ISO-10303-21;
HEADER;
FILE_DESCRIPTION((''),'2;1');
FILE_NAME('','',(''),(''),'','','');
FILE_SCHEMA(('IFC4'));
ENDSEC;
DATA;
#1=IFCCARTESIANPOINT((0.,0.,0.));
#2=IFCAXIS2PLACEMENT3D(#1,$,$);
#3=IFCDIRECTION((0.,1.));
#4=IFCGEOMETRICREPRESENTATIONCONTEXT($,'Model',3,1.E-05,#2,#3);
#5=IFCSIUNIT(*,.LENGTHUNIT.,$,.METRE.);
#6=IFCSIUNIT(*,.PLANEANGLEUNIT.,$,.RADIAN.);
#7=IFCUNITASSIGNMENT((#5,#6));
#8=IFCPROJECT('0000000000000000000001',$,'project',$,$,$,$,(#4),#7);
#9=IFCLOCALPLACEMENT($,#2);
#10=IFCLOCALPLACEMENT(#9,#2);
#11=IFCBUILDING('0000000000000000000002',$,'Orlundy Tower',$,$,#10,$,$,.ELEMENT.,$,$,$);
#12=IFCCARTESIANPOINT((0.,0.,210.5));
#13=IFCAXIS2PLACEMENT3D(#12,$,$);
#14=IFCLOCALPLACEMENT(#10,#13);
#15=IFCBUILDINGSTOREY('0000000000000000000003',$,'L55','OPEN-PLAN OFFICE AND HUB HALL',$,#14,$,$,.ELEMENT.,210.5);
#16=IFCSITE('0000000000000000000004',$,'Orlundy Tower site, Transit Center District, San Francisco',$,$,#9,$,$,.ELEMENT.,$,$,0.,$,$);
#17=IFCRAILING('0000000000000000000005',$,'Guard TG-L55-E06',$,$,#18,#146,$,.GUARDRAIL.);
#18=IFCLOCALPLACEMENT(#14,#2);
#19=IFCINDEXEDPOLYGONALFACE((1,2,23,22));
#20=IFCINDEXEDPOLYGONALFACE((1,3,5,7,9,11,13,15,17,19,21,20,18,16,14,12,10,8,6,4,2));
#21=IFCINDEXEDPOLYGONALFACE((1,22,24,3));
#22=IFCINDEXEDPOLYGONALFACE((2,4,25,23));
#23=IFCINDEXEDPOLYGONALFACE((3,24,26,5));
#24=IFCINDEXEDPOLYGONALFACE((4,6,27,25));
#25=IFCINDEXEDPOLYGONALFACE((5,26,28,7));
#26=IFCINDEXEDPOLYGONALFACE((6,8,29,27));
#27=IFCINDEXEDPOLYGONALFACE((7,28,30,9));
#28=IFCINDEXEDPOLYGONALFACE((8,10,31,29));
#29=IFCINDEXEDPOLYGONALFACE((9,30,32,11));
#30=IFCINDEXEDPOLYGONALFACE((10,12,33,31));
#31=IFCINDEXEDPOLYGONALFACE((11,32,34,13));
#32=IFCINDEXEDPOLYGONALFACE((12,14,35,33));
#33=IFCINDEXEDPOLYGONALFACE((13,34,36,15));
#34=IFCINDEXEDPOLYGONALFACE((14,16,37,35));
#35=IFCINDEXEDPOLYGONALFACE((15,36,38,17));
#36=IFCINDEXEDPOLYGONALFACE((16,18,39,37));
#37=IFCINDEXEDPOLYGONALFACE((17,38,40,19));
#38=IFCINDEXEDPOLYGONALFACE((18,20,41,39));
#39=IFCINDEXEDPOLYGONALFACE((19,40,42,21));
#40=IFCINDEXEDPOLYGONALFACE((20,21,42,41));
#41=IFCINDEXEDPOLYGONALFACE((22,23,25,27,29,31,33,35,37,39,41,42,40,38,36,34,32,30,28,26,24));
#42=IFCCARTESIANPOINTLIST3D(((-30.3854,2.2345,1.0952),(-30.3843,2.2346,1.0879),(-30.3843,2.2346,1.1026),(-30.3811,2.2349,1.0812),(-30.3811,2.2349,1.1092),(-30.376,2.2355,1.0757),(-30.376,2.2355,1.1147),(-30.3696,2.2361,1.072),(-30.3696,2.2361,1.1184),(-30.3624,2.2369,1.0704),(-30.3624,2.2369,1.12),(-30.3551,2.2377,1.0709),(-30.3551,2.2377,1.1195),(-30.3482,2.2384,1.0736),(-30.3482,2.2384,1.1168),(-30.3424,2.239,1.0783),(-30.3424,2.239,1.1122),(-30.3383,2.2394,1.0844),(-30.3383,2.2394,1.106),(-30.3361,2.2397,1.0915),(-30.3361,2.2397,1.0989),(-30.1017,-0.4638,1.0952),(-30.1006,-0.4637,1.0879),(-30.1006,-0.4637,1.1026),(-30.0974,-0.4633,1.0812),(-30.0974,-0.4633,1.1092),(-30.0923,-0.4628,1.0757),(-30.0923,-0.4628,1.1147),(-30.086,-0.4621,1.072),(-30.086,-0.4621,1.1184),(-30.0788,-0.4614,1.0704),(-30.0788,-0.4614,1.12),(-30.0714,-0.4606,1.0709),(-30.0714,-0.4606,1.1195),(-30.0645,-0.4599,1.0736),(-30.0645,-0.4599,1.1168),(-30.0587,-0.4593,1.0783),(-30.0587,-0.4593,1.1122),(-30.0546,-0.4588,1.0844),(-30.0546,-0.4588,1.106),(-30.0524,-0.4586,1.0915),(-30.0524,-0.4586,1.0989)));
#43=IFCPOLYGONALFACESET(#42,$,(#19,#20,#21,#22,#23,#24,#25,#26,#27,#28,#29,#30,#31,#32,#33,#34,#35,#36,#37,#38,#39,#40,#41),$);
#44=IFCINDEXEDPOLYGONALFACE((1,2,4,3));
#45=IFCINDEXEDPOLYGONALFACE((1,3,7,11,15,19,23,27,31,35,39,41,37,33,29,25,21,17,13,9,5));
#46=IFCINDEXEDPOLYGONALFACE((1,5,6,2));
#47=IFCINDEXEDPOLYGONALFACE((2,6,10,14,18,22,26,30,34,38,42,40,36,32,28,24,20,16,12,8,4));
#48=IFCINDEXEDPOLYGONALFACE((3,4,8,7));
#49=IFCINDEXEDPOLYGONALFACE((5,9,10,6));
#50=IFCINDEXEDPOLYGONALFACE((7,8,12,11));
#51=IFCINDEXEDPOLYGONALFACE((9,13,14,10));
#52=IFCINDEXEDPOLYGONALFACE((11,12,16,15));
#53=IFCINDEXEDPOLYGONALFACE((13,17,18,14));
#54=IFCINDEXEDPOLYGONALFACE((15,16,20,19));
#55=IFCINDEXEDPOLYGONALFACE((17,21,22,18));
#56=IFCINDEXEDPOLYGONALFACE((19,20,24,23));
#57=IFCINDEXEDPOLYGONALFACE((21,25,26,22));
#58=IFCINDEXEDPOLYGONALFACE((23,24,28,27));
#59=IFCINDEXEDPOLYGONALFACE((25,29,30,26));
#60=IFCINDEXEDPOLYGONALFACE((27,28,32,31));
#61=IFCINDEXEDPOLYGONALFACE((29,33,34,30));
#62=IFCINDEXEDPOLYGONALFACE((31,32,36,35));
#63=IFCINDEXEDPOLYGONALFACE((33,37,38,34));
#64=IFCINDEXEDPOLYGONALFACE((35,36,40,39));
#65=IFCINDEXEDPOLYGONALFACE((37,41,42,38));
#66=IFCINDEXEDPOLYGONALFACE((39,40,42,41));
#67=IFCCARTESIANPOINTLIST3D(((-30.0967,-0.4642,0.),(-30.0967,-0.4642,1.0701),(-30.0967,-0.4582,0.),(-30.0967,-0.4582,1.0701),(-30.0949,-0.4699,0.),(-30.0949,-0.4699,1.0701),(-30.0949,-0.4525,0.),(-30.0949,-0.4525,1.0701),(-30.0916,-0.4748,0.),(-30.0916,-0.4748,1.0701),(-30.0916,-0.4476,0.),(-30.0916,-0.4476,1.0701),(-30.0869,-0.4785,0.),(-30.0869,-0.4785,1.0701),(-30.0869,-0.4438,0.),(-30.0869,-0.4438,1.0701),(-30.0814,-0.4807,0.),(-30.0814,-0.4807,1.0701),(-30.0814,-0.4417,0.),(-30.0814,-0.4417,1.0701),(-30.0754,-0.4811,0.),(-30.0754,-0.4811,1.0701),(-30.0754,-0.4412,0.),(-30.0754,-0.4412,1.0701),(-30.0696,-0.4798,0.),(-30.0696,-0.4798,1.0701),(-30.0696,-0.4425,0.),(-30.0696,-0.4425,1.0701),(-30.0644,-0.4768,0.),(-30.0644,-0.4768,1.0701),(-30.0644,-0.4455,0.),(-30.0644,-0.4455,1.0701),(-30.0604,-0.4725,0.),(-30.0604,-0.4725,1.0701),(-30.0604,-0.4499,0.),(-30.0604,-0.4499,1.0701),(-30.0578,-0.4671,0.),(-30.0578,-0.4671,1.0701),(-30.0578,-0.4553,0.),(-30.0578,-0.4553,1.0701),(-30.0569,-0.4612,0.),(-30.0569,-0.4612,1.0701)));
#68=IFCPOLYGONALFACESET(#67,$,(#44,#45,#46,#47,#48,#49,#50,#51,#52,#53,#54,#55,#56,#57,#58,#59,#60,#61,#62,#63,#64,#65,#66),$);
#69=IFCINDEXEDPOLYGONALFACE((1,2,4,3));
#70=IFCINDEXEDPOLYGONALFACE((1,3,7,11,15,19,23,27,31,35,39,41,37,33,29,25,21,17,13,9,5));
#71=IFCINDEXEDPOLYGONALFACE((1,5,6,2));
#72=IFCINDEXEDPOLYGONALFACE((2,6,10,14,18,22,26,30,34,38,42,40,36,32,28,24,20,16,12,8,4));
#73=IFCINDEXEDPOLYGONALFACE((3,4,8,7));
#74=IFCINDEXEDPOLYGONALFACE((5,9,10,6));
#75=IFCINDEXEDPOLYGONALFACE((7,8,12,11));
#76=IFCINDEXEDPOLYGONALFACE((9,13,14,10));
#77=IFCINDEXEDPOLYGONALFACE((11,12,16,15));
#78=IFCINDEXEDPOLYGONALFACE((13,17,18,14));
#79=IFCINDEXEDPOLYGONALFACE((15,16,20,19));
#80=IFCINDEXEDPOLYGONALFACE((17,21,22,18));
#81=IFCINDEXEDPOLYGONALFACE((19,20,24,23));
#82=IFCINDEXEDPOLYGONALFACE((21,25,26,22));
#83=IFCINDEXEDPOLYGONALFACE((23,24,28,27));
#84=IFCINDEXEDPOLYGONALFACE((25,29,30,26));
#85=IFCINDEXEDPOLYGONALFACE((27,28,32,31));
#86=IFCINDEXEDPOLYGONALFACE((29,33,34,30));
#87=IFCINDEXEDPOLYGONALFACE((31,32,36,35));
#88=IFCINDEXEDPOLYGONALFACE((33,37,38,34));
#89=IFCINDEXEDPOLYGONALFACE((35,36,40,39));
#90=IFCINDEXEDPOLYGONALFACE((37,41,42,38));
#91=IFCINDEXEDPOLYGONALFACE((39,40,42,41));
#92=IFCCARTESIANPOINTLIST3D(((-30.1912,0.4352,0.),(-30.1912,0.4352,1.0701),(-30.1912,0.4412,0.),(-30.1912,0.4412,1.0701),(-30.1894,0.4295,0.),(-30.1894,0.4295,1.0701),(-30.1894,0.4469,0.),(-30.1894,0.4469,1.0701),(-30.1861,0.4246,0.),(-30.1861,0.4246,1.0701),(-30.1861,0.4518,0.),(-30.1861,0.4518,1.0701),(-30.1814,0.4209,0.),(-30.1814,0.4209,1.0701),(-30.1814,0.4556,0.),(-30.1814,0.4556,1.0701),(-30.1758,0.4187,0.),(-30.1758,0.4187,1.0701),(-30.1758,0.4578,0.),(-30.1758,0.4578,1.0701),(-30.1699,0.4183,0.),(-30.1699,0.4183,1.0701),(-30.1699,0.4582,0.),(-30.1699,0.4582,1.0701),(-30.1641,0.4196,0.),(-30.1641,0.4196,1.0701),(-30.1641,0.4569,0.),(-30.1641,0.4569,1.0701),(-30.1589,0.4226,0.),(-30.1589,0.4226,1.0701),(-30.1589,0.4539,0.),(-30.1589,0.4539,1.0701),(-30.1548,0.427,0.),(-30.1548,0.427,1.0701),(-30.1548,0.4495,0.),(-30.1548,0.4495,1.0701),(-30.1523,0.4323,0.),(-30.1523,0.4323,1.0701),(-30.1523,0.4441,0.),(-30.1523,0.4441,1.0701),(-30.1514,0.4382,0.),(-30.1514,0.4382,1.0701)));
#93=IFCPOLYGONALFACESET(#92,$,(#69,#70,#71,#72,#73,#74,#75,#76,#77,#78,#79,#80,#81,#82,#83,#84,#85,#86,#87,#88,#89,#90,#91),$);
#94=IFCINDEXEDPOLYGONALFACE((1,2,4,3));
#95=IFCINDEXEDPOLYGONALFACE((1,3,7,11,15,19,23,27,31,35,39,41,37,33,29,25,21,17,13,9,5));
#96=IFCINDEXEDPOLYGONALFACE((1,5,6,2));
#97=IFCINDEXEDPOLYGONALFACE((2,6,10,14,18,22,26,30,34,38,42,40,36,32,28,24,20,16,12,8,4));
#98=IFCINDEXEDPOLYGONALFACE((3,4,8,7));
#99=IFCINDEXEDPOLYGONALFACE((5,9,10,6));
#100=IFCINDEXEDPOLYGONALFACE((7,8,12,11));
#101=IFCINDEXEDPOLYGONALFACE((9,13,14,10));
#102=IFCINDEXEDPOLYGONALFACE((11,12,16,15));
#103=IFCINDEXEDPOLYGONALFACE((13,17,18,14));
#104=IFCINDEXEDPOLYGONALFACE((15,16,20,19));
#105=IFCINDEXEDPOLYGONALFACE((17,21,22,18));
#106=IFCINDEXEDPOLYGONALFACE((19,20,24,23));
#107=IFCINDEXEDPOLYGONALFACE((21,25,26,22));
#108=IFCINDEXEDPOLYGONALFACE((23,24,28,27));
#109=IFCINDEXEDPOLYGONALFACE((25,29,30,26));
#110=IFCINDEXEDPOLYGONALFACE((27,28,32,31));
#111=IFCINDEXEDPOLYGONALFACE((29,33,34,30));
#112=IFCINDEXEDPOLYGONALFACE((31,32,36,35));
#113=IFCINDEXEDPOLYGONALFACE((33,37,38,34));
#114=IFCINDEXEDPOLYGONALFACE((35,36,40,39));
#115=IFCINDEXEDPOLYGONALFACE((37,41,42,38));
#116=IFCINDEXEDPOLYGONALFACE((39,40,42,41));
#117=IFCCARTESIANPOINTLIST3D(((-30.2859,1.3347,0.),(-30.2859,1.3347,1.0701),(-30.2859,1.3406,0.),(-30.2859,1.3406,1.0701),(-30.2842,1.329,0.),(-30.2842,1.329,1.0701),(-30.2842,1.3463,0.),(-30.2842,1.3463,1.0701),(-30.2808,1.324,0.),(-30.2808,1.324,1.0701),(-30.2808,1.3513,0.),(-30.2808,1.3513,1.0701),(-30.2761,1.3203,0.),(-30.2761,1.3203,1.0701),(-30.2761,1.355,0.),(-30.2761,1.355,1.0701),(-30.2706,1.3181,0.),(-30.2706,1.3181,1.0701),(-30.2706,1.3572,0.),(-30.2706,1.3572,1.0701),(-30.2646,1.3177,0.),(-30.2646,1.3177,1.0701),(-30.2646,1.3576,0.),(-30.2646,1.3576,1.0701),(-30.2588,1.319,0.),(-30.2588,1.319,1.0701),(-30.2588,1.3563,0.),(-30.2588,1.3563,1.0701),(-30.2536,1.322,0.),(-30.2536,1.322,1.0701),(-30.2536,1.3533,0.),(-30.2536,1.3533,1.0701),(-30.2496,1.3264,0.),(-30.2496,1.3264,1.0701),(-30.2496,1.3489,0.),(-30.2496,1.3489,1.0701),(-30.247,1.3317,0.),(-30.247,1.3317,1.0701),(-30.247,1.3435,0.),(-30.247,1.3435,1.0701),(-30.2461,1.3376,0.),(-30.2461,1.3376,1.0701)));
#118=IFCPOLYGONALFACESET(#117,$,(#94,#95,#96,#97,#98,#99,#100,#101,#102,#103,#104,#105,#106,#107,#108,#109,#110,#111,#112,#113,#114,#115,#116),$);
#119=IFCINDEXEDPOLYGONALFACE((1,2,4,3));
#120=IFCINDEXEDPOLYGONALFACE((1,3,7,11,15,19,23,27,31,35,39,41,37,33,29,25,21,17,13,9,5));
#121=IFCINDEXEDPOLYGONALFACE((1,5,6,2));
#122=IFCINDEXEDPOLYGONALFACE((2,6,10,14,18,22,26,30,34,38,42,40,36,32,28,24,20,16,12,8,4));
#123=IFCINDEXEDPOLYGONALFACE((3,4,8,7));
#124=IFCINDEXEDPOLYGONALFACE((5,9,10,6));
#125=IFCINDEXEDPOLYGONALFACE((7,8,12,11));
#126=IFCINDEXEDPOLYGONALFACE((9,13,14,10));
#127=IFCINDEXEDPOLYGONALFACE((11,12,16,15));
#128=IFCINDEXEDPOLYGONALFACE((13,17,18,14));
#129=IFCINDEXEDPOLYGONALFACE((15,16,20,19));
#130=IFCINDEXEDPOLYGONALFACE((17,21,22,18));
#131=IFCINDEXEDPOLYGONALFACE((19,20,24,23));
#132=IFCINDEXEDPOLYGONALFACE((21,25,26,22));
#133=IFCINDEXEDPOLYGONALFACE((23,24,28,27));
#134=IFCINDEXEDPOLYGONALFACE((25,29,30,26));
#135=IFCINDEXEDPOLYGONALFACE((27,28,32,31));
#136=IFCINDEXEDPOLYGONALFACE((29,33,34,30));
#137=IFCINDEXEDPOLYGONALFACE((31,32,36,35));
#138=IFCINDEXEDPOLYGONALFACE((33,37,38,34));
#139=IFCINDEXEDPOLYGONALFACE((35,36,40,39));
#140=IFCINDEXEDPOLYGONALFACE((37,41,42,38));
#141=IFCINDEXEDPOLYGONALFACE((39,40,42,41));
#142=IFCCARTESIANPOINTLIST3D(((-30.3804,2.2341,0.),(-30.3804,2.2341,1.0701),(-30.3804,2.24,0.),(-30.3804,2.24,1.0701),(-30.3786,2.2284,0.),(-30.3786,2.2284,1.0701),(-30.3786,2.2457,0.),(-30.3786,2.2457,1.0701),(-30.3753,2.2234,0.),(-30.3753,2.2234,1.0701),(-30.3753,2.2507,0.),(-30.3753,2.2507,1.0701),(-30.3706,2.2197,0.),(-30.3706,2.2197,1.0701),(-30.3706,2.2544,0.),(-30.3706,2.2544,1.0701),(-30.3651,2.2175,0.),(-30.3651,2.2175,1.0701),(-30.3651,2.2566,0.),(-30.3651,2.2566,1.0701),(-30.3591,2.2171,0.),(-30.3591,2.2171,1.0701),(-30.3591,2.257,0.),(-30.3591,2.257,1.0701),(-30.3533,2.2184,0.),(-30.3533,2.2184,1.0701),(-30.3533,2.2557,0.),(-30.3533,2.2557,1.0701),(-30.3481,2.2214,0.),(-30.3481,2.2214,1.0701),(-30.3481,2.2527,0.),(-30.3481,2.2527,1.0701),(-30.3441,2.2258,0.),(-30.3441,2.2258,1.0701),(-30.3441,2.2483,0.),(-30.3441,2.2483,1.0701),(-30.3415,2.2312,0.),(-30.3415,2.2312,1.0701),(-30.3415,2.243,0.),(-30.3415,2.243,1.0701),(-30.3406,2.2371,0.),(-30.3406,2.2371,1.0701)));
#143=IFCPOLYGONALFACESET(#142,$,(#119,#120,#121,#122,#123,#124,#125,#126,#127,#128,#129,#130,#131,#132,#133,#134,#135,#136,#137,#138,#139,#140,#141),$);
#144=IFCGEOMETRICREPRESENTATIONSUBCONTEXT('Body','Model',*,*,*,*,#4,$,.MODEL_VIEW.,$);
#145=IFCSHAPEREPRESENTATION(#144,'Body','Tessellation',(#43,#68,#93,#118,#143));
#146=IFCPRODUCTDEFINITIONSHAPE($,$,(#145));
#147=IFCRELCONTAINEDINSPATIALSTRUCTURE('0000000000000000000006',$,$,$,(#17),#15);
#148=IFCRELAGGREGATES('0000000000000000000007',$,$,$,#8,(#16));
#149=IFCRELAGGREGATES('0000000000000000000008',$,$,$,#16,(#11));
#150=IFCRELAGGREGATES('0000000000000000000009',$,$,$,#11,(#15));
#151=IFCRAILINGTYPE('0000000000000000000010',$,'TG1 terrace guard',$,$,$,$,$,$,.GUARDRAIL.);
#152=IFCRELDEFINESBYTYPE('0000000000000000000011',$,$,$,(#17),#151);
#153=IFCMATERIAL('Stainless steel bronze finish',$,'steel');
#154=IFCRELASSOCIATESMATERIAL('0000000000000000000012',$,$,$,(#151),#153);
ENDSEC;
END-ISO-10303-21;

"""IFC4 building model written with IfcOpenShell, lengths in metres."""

from ifc_helpers import new_model, si_unit, direction, frame, origin, origin_2d, place, context, subcontext, project, spatial, circle, extrude, material, type_object, element, save


model = new_model("IFC4")

# Units and contexts
model_context = context("Model", 3, precision=1e-05, world=origin(), true_north=direction((0.0, 1.0)))
body_context = subcontext(model_context, "Body", "Model", "MODEL_VIEW")
ifc_project = project(units=[si_unit("LENGTHUNIT", "METRE"), si_unit("PLANEANGLEUNIT", "RADIAN")], contexts=[model_context])

# Site, building, storey
site_placement = place(None, origin())
site = spatial("IfcSite", under=ifc_project, at=site_placement, Name="Orlundy Tower site, Transit Center District, San Francisco", CompositionType="ELEMENT", RefElevation=0.0)
building_placement = place(site_placement, origin())
building = spatial("IfcBuilding", under=site, at=building_placement, Name="Orlundy Tower", CompositionType="ELEMENT")
storey_placement = place(building_placement, frame((0.0, 0.0, 210.5)))
storey = spatial("IfcBuildingStorey", under=building, at=storey_placement, Name="L55", Description="OPEN-PLAN OFFICE AND HUB HALL", CompositionType="ELEMENT", Elevation=210.5)

# Railing
ifc_material_1 = material(Name="Stainless steel bronze finish", Category="steel")
railing_type_1 = type_object("IfcRailingType", Name="TG1 terrace guard", PredefinedType="GUARDRAIL", material=ifc_material_1)
railing_1_placement = place(storey_placement, frame((-30.0769, -0.4612, 0.0)))
element("IfcRailing", 1, at=railing_1_placement, inside=storey, type_object=railing_type_1, Name="Guard TG-L55-E06", PredefinedType="GUARDRAIL", context=body_context, shape_type="SweptSolid", body=[
    extrude(circle(Radius=0.0249, at=origin_2d()), frame((0.0, 0.0, 1.0952), z_axis=(-0.104563, 0.994518, 0.0), x_axis=(-0.994518, -0.104563, 0.0)), (0.0, 0.0, 1.0), 2.7131),
    extrude(circle(Radius=0.02, at=origin_2d()), origin(), (0.0, 0.0, 1.0), 1.0701),
    extrude(circle(Radius=0.02, at=origin_2d()), frame((-0.0945, 0.8994, 0.0)), (0.0, 0.0, 1.0), 1.0701),
    extrude(circle(Radius=0.02, at=origin_2d()), frame((-0.1892, 1.7988, 0.0)), (0.0, 0.0, 1.0), 1.0701),
    extrude(circle(Radius=0.02, at=origin_2d()), frame((-0.2837, 2.6982, 0.0)), (0.0, 0.0, 1.0), 1.0701),
])

save(model, "model.ifc")
